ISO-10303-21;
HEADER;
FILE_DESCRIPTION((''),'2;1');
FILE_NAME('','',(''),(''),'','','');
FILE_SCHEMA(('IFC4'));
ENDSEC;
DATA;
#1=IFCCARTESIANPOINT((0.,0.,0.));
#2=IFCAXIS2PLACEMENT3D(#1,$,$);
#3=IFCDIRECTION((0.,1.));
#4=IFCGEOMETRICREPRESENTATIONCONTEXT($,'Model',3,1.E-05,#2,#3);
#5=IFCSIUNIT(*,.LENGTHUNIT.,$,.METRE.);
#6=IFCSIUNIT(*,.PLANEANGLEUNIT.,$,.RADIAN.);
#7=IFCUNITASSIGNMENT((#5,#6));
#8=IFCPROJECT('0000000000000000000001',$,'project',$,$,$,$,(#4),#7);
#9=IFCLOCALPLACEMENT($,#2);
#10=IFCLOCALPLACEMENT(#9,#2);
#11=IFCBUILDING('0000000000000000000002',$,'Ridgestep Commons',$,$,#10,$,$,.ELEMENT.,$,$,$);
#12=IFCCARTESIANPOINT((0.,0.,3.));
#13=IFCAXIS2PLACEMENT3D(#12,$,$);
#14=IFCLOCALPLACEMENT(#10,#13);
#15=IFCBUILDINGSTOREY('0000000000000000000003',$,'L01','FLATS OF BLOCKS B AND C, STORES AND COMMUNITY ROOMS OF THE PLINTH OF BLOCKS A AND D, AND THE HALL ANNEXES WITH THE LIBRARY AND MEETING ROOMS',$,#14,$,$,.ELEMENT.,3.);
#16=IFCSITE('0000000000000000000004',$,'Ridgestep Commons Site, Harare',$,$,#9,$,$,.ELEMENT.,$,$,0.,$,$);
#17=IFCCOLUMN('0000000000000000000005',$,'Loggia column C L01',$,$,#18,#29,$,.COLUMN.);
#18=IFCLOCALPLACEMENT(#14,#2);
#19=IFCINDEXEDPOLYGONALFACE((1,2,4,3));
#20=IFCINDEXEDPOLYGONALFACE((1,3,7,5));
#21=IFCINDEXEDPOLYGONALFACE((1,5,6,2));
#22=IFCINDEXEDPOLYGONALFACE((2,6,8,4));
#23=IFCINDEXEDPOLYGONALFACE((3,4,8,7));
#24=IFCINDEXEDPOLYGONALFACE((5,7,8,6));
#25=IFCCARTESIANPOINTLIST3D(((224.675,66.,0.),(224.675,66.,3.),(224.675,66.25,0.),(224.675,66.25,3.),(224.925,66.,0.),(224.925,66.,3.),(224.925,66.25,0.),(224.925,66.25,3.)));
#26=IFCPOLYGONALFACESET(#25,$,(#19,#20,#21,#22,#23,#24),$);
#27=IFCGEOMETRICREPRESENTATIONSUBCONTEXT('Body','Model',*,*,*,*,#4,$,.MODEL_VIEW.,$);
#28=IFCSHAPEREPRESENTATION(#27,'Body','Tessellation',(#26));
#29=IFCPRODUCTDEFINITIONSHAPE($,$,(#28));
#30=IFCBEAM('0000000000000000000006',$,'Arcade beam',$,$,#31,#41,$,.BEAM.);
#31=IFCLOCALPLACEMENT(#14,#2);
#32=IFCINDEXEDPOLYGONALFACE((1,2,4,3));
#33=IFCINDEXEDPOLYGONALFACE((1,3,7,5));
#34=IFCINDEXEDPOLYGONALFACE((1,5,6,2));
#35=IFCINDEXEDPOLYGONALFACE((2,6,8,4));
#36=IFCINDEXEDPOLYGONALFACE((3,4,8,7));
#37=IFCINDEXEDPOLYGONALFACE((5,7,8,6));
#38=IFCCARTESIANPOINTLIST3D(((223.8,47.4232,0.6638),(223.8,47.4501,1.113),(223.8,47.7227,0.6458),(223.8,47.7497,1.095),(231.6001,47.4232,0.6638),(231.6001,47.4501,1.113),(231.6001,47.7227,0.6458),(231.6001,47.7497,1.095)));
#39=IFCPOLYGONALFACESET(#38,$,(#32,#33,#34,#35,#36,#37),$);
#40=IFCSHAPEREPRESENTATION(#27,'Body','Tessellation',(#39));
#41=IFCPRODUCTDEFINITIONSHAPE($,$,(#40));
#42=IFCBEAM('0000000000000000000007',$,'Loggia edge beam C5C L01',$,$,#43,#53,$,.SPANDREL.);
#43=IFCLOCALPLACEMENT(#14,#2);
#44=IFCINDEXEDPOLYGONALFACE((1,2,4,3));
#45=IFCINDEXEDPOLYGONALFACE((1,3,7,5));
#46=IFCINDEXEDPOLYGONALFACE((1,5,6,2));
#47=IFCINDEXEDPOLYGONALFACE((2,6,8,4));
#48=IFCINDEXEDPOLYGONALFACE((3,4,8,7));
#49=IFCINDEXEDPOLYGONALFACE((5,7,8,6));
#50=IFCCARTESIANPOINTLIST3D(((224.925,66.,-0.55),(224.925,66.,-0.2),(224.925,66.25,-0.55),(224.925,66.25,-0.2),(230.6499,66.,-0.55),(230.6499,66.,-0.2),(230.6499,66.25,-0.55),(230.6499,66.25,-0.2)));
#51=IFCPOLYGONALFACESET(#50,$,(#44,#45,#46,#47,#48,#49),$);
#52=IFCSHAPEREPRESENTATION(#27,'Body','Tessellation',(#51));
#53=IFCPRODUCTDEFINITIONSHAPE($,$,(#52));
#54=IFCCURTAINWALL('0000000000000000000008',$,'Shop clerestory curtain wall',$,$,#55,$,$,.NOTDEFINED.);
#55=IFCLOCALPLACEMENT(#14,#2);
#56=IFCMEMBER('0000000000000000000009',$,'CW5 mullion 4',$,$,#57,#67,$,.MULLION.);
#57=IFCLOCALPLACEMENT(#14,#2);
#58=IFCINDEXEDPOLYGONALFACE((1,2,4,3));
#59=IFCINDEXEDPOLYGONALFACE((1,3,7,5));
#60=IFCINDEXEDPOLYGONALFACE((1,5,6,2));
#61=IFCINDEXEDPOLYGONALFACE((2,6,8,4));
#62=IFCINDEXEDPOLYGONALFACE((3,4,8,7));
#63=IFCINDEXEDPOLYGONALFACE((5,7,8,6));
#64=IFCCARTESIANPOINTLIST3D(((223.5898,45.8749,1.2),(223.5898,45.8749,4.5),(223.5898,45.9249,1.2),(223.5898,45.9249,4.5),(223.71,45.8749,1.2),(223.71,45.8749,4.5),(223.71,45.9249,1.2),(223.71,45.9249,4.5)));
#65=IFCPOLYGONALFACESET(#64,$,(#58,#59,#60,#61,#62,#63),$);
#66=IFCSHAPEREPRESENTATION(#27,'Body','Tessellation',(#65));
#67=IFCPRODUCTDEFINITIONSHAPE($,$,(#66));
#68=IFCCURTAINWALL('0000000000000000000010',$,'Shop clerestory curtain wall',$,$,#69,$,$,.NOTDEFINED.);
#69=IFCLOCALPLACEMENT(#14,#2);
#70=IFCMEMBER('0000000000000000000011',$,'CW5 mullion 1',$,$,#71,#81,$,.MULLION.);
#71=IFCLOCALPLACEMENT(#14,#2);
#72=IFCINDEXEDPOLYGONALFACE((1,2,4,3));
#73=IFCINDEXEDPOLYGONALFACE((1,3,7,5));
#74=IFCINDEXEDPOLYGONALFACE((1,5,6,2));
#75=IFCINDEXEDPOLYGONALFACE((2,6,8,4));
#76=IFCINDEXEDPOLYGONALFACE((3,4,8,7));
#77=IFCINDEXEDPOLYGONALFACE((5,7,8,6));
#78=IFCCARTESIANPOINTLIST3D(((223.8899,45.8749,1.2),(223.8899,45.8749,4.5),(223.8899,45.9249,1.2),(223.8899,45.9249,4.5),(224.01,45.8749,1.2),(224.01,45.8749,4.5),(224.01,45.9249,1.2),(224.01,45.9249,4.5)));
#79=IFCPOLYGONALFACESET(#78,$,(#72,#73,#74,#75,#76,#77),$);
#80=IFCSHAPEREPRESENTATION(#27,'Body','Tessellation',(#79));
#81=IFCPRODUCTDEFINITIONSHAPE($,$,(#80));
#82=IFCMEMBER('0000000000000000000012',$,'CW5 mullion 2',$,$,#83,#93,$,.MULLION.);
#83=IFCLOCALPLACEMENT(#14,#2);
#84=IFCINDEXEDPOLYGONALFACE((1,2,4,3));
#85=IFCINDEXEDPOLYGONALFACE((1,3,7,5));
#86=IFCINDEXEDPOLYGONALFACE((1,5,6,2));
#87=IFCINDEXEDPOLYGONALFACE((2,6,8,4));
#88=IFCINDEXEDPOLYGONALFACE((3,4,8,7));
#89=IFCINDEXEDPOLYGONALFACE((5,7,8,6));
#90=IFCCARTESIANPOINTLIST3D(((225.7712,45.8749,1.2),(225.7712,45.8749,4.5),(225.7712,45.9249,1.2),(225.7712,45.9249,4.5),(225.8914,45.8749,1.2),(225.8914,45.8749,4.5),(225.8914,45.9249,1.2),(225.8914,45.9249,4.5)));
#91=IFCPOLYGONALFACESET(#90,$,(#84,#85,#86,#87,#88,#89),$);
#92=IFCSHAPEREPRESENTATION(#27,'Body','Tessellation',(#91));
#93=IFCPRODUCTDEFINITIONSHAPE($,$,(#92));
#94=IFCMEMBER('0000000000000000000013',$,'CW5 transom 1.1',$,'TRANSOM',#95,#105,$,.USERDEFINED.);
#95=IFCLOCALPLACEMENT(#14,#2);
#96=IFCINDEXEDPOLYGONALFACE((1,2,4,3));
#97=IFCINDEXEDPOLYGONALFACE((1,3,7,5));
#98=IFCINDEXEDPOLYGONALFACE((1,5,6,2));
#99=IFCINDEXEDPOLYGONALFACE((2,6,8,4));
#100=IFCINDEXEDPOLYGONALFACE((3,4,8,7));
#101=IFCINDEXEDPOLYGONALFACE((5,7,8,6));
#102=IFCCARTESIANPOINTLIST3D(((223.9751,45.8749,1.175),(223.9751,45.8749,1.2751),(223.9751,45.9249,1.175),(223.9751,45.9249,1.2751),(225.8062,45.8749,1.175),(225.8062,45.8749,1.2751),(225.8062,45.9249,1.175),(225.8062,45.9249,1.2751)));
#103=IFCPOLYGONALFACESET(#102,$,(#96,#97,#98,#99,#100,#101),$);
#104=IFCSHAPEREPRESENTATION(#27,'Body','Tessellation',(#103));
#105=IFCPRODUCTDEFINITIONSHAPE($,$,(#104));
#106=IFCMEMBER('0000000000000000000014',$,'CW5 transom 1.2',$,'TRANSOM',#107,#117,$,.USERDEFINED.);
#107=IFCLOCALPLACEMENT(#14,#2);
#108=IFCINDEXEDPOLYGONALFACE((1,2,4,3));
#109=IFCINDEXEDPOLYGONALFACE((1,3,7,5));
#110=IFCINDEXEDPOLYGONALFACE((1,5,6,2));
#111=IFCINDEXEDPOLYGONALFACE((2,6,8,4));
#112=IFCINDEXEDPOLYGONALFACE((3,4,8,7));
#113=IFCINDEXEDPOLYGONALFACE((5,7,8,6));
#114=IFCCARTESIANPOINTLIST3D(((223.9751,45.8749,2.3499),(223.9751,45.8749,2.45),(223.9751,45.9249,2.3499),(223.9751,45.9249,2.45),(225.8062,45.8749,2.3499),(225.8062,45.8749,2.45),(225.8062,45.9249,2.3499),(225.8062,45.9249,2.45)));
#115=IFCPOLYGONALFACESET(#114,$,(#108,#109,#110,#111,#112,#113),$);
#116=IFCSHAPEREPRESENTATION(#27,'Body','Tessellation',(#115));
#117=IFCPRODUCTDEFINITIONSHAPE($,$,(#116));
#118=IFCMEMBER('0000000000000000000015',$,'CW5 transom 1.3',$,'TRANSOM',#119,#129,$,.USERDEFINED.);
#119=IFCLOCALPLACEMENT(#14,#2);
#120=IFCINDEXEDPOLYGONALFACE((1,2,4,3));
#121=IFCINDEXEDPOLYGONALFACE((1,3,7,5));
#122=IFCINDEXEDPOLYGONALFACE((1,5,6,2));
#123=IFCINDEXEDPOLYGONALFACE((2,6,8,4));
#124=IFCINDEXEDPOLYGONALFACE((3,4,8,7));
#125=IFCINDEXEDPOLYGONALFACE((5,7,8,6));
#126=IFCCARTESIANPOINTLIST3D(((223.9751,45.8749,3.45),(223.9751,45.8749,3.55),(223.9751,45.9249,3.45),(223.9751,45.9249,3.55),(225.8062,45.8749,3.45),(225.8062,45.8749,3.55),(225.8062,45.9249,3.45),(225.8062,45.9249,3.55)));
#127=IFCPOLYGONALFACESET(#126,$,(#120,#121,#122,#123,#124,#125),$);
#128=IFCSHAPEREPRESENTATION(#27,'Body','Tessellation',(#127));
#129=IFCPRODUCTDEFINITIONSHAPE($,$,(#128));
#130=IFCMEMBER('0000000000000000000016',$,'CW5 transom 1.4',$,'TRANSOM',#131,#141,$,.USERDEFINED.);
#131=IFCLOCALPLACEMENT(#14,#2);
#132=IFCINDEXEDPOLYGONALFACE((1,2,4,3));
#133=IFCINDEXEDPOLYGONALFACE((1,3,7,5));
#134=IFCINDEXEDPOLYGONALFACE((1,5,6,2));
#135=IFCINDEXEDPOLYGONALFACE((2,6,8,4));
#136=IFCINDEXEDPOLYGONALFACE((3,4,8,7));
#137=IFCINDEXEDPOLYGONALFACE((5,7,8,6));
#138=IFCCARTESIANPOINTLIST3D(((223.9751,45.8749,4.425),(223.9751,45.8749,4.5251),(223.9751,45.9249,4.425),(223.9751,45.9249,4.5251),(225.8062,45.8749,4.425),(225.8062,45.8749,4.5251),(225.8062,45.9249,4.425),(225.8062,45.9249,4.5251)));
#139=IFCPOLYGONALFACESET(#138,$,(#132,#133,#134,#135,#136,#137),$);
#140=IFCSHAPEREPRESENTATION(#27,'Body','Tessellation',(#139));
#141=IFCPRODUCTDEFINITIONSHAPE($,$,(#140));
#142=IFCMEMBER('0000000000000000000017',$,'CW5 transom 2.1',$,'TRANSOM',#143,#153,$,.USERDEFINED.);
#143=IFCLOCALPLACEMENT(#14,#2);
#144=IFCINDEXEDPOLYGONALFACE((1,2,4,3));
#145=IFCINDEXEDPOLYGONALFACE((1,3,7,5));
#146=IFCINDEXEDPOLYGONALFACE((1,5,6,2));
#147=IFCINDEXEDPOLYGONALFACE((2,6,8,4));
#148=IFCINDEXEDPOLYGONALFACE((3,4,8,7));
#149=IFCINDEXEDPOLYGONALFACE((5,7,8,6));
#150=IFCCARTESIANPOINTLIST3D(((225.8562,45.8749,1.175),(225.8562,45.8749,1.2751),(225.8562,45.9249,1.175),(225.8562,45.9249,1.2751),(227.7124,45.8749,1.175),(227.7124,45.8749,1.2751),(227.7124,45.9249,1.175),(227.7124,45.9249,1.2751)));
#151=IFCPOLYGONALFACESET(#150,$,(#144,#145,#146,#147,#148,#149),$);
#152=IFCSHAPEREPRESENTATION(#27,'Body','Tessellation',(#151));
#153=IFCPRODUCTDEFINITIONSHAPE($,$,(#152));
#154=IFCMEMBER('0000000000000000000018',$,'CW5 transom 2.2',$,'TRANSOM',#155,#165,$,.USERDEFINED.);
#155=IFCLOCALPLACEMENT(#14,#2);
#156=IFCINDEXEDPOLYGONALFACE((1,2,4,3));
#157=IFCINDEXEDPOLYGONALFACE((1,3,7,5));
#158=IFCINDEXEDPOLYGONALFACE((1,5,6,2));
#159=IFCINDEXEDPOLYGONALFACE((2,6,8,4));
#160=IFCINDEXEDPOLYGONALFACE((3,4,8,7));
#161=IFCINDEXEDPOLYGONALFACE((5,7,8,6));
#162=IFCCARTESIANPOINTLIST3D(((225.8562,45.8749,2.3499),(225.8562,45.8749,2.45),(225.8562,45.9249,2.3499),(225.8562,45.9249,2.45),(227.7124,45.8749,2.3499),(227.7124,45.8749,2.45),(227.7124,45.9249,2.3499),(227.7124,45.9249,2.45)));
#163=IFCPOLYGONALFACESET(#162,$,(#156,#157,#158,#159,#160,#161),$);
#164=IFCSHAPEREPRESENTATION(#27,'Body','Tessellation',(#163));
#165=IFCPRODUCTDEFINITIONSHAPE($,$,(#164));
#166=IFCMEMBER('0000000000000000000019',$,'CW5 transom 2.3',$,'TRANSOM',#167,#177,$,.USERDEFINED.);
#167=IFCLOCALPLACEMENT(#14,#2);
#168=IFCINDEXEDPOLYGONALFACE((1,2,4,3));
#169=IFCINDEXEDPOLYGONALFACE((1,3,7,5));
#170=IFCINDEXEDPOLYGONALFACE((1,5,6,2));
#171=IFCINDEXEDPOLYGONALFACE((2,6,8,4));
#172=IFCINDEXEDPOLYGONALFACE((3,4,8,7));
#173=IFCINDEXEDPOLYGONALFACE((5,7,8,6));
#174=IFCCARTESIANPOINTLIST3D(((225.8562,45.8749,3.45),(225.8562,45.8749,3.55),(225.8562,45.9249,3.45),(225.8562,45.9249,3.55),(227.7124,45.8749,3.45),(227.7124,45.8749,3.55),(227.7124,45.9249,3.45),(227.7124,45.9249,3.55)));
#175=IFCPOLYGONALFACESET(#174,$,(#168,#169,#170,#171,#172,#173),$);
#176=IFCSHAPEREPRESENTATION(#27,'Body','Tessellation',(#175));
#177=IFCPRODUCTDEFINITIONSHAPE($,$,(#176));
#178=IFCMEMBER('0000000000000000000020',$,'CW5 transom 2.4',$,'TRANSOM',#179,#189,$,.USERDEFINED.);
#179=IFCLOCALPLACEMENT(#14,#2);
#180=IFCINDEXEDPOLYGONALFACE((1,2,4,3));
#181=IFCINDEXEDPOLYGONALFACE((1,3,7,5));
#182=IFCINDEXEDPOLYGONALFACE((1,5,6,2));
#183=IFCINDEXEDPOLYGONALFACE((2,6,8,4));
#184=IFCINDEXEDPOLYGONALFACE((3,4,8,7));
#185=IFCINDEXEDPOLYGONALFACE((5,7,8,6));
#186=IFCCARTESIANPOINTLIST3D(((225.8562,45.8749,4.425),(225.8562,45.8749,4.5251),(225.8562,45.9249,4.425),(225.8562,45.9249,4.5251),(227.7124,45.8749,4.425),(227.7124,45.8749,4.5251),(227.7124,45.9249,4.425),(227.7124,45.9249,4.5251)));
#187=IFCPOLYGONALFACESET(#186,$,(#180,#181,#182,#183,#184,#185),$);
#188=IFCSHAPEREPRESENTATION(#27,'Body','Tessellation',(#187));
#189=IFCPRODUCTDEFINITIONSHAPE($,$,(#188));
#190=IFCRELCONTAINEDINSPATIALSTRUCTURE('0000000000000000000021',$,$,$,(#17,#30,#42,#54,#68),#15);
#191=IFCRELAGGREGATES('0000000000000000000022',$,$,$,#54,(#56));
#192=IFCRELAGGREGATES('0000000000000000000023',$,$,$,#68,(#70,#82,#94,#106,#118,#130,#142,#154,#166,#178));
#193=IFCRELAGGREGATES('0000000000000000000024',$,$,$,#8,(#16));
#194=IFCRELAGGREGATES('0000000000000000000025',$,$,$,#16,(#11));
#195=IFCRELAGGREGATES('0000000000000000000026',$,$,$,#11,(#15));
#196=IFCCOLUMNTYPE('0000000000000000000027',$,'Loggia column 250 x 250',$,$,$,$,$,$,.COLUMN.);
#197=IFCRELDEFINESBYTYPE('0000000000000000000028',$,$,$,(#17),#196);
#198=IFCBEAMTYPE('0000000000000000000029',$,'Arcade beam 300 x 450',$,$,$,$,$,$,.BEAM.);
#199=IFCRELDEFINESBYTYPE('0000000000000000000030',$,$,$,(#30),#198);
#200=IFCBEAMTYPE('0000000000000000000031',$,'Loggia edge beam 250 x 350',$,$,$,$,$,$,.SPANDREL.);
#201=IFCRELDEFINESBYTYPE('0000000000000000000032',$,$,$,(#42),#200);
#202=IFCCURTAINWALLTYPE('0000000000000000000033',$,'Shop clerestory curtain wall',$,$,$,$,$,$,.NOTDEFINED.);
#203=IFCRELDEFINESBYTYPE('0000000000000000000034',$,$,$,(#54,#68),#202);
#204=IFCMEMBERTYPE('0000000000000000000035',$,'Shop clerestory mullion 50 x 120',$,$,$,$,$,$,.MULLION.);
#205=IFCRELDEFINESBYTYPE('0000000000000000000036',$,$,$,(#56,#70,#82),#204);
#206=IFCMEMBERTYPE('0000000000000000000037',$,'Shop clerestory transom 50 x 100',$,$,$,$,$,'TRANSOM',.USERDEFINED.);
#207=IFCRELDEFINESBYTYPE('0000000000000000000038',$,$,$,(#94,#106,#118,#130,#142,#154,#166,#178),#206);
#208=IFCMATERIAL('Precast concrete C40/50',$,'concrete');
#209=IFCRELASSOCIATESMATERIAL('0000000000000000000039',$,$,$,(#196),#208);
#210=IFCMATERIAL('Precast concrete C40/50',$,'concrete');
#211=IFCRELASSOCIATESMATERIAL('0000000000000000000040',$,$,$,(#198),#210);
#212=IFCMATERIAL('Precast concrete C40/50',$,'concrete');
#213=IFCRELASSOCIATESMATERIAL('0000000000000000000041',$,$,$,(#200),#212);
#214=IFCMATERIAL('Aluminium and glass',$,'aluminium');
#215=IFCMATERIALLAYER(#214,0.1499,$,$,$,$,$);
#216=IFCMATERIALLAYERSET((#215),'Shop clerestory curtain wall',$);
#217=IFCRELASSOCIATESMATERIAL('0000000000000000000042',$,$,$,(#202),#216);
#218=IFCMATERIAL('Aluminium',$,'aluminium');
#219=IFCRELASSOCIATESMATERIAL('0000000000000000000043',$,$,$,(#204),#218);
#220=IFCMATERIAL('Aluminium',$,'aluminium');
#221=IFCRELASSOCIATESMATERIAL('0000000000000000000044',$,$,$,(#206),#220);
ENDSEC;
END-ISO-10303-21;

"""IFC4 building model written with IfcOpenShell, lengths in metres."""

from ifc_helpers import new_model, si_unit, direction, frame, origin, origin_2d, place, context, subcontext, project, spatial, rectangle, extrude, material, layer, layer_set, material_profile, profile_set, type_object, element, aggregate, save


model = new_model("IFC4")

# Units and contexts
model_context = context("Model", 3, precision=1e-05, world=origin(), true_north=direction((0.0, 1.0)))
body_context = subcontext(model_context, "Body", "Model", "MODEL_VIEW")
ifc_project = project(units=[si_unit("LENGTHUNIT", "METRE"), si_unit("PLANEANGLEUNIT", "RADIAN")], contexts=[model_context])

# Site, building, storey
site_placement = place(None, origin())
site = spatial("IfcSite", under=ifc_project, at=site_placement, Name="Ridgestep Commons Site, Harare", CompositionType="ELEMENT", RefElevation=0.0)
building_placement = place(site_placement, origin())
building = spatial("IfcBuilding", under=site, at=building_placement, Name="Ridgestep Commons", CompositionType="ELEMENT")
storey_placement = place(building_placement, frame((0.0, 0.0, 3.0)))
storey = spatial("IfcBuildingStorey", under=building, at=storey_placement, Name="L01", Description="FLATS OF BLOCKS B AND C, STORES AND COMMUNITY ROOMS OF THE PLINTH OF BLOCKS A AND D, AND THE HALL ANNEXES WITH THE LIBRARY AND MEETING ROOMS", CompositionType="ELEMENT", Elevation=3.0)

# Column
ifc_material_1 = material(Name="Precast concrete C40/50", Category="concrete")
ifc_material_profile_1 = material_profile(ifc_material_1, rectangle(XDim=0.25, YDim=0.25, at=origin_2d()), Name="PC 250x250")
ifc_profile_set_1 = profile_set([ifc_material_profile_1], Name="Precast concrete C40/50")
column_type = type_object("IfcColumnType", Name="Loggia column 250 x 250", PredefinedType="COLUMN", material=ifc_profile_set_1)
column_placement = place(storey_placement, frame((224.8, 66.125, 0.0), z_axis=(0.0, 0.0, 1.0), x_axis=(1.0, 0.0, 0.0)))
element("IfcColumn", 1, at=column_placement, inside=storey, type_object=column_type, Name="Loggia column C L01", PredefinedType="COLUMN", context=body_context, shape_type="SweptSolid", body=[
    extrude(rectangle(XDim=0.25, YDim=0.25, at=origin_2d()), origin(), (0.0, 0.0, 1.0), 3.0),
])

# Beams
ifc_material_2 = material(Name="Precast concrete C40/50", Category="concrete")
ifc_material_profile_2 = material_profile(ifc_material_2, rectangle(XDim=0.3, YDim=0.45, at=origin_2d()), Name="Arcade beam 300 x 450")
ifc_profile_set_2 = profile_set([ifc_material_profile_2], Name="Precast concrete C40/50")
beam_type_1 = type_object("IfcBeamType", Name="Arcade beam 300 x 450", PredefinedType="BEAM", material=ifc_profile_set_2)
beam_1_placement = place(storey_placement, frame((223.8, 47.5864, 0.8794), z_axis=(1.0, 0.0, 0.0), x_axis=(0.0, 0.998205, -0.059892)))
element("IfcBeam", 2, at=beam_1_placement, inside=storey, type_object=beam_type_1, Name="Arcade beam", PredefinedType="BEAM", context=body_context, shape_type="SweptSolid", body=[
    extrude(rectangle(XDim=0.3, YDim=0.45, at=origin_2d()), origin(), (0.0, 0.0, 1.0), 7.8),
])
ifc_material_3 = material(Name="Precast concrete C40/50", Category="concrete")
ifc_material_profile_3 = material_profile(ifc_material_3, rectangle(XDim=0.25, YDim=0.3501, at=origin_2d()), Name="PC 250x350")
ifc_profile_set_3 = profile_set([ifc_material_profile_3], Name="Precast concrete C40/50")
beam_type_2 = type_object("IfcBeamType", Name="Loggia edge beam 250 x 350", PredefinedType="SPANDREL", material=ifc_profile_set_3)
beam_2_placement = place(storey_placement, frame((224.925, 66.125, -0.375), z_axis=(1.0, 0.0, 0.0), x_axis=(0.0, 1.0, 0.0)))
element("IfcBeam", 3, at=beam_2_placement, inside=storey, type_object=beam_type_2, Name="Loggia edge beam C5C L01", PredefinedType="SPANDREL", context=body_context, shape_type="SweptSolid", body=[
    extrude(rectangle(XDim=0.25, YDim=0.3501, at=origin_2d()), origin(), (0.0, 0.0, 1.0), 5.7249),
])

# Curtain wall, member
ifc_material_4 = material(Name="Aluminium and glass", Category="aluminium")
ifc_layer_1 = layer(ifc_material_4, 0.1499)
ifc_layer_set_1 = layer_set([ifc_layer_1], Name="Shop clerestory curtain wall")
curtain_wall_type = type_object("IfcCurtainWallType", Name="Shop clerestory curtain wall", PredefinedType="NOTDEFINED", material=ifc_layer_set_1)
curtain_wall_1_placement = place(storey_placement, origin())
curtain_wall_1 = element("IfcCurtainWall", 4, at=curtain_wall_1_placement, inside=storey, type_object=curtain_wall_type, Name="Shop clerestory curtain wall", PredefinedType="NOTDEFINED")
ifc_material_5 = material(Name="Aluminium", Category="aluminium")
ifc_material_profile_4 = material_profile(ifc_material_5, rectangle(XDim=0.05, YDim=0.1201, at=origin_2d()), Name="Shop clerestory mullion 50 x 120")
ifc_profile_set_4 = profile_set([ifc_material_profile_4], Name="Aluminium")
member_type_1 = type_object("IfcMemberType", Name="Shop clerestory mullion 50 x 120", PredefinedType="MULLION", material=ifc_profile_set_4)
member_1_placement = place(storey_placement, frame((223.6499, 45.8999, 1.2), z_axis=(0.0, 0.0, 1.0), x_axis=(0.0, 1.0, 0.0)))
member_1 = element("IfcMember", 5, at=member_1_placement, type_object=member_type_1, Name="CW5 mullion 4", PredefinedType="MULLION", context=body_context, shape_type="SweptSolid", body=[
    extrude(rectangle(XDim=0.05, YDim=0.1201, at=origin_2d()), origin(), (0.0, 0.0, 1.0), 3.3),
])

# Curtain wall, members
curtain_wall_2_placement = place(storey_placement, origin())
curtain_wall_2 = element("IfcCurtainWall", 6, at=curtain_wall_2_placement, inside=storey, type_object=curtain_wall_type, Name="Shop clerestory curtain wall", PredefinedType="NOTDEFINED")
member_2_placement = place(storey_placement, frame((223.95, 45.8999, 1.2), z_axis=(0.0, 0.0, 1.0), x_axis=(0.0, 1.0, 0.0)))
member_2 = element("IfcMember", 7, at=member_2_placement, type_object=member_type_1, Name="CW5 mullion 1", PredefinedType="MULLION", context=body_context, shape_type="SweptSolid", body=[
    extrude(rectangle(XDim=0.05, YDim=0.1201, at=origin_2d()), origin(), (0.0, 0.0, 1.0), 3.3),
])
member_3_placement = place(storey_placement, frame((225.8313, 45.8999, 1.2), z_axis=(0.0, 0.0, 1.0), x_axis=(0.0, 1.0, 0.0)))
member_3 = element("IfcMember", 8, at=member_3_placement, type_object=member_type_1, Name="CW5 mullion 2", PredefinedType="MULLION", context=body_context, shape_type="SweptSolid", body=[
    extrude(rectangle(XDim=0.05, YDim=0.1201, at=origin_2d()), origin(), (0.0, 0.0, 1.0), 3.3),
])
ifc_material_6 = material(Name="Aluminium", Category="aluminium")
ifc_material_profile_5 = material_profile(ifc_material_6, rectangle(XDim=0.05, YDim=0.1001, at=origin_2d()), Name="Shop clerestory transom 50 x 100")
ifc_profile_set_5 = profile_set([ifc_material_profile_5], Name="Aluminium")
member_type_2 = type_object("IfcMemberType", Name="Shop clerestory transom 50 x 100", ElementType="TRANSOM", PredefinedType="USERDEFINED", material=ifc_profile_set_5)
member_4_placement = place(storey_placement, frame((223.9751, 45.8999, 1.2251), z_axis=(1.0, 0.0, 0.0), x_axis=(0.0, 1.0, 0.0)))
member_4 = element("IfcMember", 9, at=member_4_placement, type_object=member_type_2, Name="CW5 transom 1.1", ObjectType="TRANSOM", PredefinedType="USERDEFINED", context=body_context, shape_type="SweptSolid", body=[
    extrude(rectangle(XDim=0.05, YDim=0.1001, at=origin_2d()), origin(), (0.0, 0.0, 1.0), 1.8311),
])
member_5_placement = place(storey_placement, frame((223.9751, 45.8999, 2.3999), z_axis=(1.0, 0.0, 0.0), x_axis=(0.0, 1.0, 0.0)))
member_5 = element("IfcMember", 10, at=member_5_placement, type_object=member_type_2, Name="CW5 transom 1.2", ObjectType="TRANSOM", PredefinedType="USERDEFINED", context=body_context, shape_type="SweptSolid", body=[
    extrude(rectangle(XDim=0.05, YDim=0.1001, at=origin_2d()), origin(), (0.0, 0.0, 1.0), 1.8311),
])
member_6_placement = place(storey_placement, frame((223.9751, 45.8999, 3.5), z_axis=(1.0, 0.0, 0.0), x_axis=(0.0, 1.0, 0.0)))
member_6 = element("IfcMember", 11, at=member_6_placement, type_object=member_type_2, Name="CW5 transom 1.3", ObjectType="TRANSOM", PredefinedType="USERDEFINED", context=body_context, shape_type="SweptSolid", body=[
    extrude(rectangle(XDim=0.05, YDim=0.1001, at=origin_2d()), origin(), (0.0, 0.0, 1.0), 1.8311),
])
member_7_placement = place(storey_placement, frame((223.9751, 45.8999, 4.4751), z_axis=(1.0, 0.0, 0.0), x_axis=(0.0, 1.0, 0.0)))
member_7 = element("IfcMember", 12, at=member_7_placement, type_object=member_type_2, Name="CW5 transom 1.4", ObjectType="TRANSOM", PredefinedType="USERDEFINED", context=body_context, shape_type="SweptSolid", body=[
    extrude(rectangle(XDim=0.05, YDim=0.1001, at=origin_2d()), origin(), (0.0, 0.0, 1.0), 1.8311),
])
member_8_placement = place(storey_placement, frame((225.8562, 45.8999, 1.2251), z_axis=(1.0, 0.0, 0.0), x_axis=(0.0, 1.0, 0.0)))
member_8 = element("IfcMember", 13, at=member_8_placement, type_object=member_type_2, Name="CW5 transom 2.1", ObjectType="TRANSOM", PredefinedType="USERDEFINED", context=body_context, shape_type="SweptSolid", body=[
    extrude(rectangle(XDim=0.05, YDim=0.1001, at=origin_2d()), origin(), (0.0, 0.0, 1.0), 1.8562),
])
member_9_placement = place(storey_placement, frame((225.8562, 45.8999, 2.3999), z_axis=(1.0, 0.0, 0.0), x_axis=(0.0, 1.0, 0.0)))
member_9 = element("IfcMember", 14, at=member_9_placement, type_object=member_type_2, Name="CW5 transom 2.2", ObjectType="TRANSOM", PredefinedType="USERDEFINED", context=body_context, shape_type="SweptSolid", body=[
    extrude(rectangle(XDim=0.05, YDim=0.1001, at=origin_2d()), origin(), (0.0, 0.0, 1.0), 1.8562),
])
member_10_placement = place(storey_placement, frame((225.8562, 45.8999, 3.5), z_axis=(1.0, 0.0, 0.0), x_axis=(0.0, 1.0, 0.0)))
member_10 = element("IfcMember", 15, at=member_10_placement, type_object=member_type_2, Name="CW5 transom 2.3", ObjectType="TRANSOM", PredefinedType="USERDEFINED", context=body_context, shape_type="SweptSolid", body=[
    extrude(rectangle(XDim=0.05, YDim=0.1001, at=origin_2d()), origin(), (0.0, 0.0, 1.0), 1.8562),
])
member_11_placement = place(storey_placement, frame((225.8562, 45.8999, 4.4751), z_axis=(1.0, 0.0, 0.0), x_axis=(0.0, 1.0, 0.0)))
member_11 = element("IfcMember", 16, at=member_11_placement, type_object=member_type_2, Name="CW5 transom 2.4", ObjectType="TRANSOM", PredefinedType="USERDEFINED", context=body_context, shape_type="SweptSolid", body=[
    extrude(rectangle(XDim=0.05, YDim=0.1001, at=origin_2d()), origin(), (0.0, 0.0, 1.0), 1.8562),
])

aggregate(curtain_wall_1, [member_1])
aggregate(curtain_wall_2, [member_2, member_3, member_4, member_5, member_6, member_7, member_8, member_9, member_10, member_11])

save(model, "model.ifc")
